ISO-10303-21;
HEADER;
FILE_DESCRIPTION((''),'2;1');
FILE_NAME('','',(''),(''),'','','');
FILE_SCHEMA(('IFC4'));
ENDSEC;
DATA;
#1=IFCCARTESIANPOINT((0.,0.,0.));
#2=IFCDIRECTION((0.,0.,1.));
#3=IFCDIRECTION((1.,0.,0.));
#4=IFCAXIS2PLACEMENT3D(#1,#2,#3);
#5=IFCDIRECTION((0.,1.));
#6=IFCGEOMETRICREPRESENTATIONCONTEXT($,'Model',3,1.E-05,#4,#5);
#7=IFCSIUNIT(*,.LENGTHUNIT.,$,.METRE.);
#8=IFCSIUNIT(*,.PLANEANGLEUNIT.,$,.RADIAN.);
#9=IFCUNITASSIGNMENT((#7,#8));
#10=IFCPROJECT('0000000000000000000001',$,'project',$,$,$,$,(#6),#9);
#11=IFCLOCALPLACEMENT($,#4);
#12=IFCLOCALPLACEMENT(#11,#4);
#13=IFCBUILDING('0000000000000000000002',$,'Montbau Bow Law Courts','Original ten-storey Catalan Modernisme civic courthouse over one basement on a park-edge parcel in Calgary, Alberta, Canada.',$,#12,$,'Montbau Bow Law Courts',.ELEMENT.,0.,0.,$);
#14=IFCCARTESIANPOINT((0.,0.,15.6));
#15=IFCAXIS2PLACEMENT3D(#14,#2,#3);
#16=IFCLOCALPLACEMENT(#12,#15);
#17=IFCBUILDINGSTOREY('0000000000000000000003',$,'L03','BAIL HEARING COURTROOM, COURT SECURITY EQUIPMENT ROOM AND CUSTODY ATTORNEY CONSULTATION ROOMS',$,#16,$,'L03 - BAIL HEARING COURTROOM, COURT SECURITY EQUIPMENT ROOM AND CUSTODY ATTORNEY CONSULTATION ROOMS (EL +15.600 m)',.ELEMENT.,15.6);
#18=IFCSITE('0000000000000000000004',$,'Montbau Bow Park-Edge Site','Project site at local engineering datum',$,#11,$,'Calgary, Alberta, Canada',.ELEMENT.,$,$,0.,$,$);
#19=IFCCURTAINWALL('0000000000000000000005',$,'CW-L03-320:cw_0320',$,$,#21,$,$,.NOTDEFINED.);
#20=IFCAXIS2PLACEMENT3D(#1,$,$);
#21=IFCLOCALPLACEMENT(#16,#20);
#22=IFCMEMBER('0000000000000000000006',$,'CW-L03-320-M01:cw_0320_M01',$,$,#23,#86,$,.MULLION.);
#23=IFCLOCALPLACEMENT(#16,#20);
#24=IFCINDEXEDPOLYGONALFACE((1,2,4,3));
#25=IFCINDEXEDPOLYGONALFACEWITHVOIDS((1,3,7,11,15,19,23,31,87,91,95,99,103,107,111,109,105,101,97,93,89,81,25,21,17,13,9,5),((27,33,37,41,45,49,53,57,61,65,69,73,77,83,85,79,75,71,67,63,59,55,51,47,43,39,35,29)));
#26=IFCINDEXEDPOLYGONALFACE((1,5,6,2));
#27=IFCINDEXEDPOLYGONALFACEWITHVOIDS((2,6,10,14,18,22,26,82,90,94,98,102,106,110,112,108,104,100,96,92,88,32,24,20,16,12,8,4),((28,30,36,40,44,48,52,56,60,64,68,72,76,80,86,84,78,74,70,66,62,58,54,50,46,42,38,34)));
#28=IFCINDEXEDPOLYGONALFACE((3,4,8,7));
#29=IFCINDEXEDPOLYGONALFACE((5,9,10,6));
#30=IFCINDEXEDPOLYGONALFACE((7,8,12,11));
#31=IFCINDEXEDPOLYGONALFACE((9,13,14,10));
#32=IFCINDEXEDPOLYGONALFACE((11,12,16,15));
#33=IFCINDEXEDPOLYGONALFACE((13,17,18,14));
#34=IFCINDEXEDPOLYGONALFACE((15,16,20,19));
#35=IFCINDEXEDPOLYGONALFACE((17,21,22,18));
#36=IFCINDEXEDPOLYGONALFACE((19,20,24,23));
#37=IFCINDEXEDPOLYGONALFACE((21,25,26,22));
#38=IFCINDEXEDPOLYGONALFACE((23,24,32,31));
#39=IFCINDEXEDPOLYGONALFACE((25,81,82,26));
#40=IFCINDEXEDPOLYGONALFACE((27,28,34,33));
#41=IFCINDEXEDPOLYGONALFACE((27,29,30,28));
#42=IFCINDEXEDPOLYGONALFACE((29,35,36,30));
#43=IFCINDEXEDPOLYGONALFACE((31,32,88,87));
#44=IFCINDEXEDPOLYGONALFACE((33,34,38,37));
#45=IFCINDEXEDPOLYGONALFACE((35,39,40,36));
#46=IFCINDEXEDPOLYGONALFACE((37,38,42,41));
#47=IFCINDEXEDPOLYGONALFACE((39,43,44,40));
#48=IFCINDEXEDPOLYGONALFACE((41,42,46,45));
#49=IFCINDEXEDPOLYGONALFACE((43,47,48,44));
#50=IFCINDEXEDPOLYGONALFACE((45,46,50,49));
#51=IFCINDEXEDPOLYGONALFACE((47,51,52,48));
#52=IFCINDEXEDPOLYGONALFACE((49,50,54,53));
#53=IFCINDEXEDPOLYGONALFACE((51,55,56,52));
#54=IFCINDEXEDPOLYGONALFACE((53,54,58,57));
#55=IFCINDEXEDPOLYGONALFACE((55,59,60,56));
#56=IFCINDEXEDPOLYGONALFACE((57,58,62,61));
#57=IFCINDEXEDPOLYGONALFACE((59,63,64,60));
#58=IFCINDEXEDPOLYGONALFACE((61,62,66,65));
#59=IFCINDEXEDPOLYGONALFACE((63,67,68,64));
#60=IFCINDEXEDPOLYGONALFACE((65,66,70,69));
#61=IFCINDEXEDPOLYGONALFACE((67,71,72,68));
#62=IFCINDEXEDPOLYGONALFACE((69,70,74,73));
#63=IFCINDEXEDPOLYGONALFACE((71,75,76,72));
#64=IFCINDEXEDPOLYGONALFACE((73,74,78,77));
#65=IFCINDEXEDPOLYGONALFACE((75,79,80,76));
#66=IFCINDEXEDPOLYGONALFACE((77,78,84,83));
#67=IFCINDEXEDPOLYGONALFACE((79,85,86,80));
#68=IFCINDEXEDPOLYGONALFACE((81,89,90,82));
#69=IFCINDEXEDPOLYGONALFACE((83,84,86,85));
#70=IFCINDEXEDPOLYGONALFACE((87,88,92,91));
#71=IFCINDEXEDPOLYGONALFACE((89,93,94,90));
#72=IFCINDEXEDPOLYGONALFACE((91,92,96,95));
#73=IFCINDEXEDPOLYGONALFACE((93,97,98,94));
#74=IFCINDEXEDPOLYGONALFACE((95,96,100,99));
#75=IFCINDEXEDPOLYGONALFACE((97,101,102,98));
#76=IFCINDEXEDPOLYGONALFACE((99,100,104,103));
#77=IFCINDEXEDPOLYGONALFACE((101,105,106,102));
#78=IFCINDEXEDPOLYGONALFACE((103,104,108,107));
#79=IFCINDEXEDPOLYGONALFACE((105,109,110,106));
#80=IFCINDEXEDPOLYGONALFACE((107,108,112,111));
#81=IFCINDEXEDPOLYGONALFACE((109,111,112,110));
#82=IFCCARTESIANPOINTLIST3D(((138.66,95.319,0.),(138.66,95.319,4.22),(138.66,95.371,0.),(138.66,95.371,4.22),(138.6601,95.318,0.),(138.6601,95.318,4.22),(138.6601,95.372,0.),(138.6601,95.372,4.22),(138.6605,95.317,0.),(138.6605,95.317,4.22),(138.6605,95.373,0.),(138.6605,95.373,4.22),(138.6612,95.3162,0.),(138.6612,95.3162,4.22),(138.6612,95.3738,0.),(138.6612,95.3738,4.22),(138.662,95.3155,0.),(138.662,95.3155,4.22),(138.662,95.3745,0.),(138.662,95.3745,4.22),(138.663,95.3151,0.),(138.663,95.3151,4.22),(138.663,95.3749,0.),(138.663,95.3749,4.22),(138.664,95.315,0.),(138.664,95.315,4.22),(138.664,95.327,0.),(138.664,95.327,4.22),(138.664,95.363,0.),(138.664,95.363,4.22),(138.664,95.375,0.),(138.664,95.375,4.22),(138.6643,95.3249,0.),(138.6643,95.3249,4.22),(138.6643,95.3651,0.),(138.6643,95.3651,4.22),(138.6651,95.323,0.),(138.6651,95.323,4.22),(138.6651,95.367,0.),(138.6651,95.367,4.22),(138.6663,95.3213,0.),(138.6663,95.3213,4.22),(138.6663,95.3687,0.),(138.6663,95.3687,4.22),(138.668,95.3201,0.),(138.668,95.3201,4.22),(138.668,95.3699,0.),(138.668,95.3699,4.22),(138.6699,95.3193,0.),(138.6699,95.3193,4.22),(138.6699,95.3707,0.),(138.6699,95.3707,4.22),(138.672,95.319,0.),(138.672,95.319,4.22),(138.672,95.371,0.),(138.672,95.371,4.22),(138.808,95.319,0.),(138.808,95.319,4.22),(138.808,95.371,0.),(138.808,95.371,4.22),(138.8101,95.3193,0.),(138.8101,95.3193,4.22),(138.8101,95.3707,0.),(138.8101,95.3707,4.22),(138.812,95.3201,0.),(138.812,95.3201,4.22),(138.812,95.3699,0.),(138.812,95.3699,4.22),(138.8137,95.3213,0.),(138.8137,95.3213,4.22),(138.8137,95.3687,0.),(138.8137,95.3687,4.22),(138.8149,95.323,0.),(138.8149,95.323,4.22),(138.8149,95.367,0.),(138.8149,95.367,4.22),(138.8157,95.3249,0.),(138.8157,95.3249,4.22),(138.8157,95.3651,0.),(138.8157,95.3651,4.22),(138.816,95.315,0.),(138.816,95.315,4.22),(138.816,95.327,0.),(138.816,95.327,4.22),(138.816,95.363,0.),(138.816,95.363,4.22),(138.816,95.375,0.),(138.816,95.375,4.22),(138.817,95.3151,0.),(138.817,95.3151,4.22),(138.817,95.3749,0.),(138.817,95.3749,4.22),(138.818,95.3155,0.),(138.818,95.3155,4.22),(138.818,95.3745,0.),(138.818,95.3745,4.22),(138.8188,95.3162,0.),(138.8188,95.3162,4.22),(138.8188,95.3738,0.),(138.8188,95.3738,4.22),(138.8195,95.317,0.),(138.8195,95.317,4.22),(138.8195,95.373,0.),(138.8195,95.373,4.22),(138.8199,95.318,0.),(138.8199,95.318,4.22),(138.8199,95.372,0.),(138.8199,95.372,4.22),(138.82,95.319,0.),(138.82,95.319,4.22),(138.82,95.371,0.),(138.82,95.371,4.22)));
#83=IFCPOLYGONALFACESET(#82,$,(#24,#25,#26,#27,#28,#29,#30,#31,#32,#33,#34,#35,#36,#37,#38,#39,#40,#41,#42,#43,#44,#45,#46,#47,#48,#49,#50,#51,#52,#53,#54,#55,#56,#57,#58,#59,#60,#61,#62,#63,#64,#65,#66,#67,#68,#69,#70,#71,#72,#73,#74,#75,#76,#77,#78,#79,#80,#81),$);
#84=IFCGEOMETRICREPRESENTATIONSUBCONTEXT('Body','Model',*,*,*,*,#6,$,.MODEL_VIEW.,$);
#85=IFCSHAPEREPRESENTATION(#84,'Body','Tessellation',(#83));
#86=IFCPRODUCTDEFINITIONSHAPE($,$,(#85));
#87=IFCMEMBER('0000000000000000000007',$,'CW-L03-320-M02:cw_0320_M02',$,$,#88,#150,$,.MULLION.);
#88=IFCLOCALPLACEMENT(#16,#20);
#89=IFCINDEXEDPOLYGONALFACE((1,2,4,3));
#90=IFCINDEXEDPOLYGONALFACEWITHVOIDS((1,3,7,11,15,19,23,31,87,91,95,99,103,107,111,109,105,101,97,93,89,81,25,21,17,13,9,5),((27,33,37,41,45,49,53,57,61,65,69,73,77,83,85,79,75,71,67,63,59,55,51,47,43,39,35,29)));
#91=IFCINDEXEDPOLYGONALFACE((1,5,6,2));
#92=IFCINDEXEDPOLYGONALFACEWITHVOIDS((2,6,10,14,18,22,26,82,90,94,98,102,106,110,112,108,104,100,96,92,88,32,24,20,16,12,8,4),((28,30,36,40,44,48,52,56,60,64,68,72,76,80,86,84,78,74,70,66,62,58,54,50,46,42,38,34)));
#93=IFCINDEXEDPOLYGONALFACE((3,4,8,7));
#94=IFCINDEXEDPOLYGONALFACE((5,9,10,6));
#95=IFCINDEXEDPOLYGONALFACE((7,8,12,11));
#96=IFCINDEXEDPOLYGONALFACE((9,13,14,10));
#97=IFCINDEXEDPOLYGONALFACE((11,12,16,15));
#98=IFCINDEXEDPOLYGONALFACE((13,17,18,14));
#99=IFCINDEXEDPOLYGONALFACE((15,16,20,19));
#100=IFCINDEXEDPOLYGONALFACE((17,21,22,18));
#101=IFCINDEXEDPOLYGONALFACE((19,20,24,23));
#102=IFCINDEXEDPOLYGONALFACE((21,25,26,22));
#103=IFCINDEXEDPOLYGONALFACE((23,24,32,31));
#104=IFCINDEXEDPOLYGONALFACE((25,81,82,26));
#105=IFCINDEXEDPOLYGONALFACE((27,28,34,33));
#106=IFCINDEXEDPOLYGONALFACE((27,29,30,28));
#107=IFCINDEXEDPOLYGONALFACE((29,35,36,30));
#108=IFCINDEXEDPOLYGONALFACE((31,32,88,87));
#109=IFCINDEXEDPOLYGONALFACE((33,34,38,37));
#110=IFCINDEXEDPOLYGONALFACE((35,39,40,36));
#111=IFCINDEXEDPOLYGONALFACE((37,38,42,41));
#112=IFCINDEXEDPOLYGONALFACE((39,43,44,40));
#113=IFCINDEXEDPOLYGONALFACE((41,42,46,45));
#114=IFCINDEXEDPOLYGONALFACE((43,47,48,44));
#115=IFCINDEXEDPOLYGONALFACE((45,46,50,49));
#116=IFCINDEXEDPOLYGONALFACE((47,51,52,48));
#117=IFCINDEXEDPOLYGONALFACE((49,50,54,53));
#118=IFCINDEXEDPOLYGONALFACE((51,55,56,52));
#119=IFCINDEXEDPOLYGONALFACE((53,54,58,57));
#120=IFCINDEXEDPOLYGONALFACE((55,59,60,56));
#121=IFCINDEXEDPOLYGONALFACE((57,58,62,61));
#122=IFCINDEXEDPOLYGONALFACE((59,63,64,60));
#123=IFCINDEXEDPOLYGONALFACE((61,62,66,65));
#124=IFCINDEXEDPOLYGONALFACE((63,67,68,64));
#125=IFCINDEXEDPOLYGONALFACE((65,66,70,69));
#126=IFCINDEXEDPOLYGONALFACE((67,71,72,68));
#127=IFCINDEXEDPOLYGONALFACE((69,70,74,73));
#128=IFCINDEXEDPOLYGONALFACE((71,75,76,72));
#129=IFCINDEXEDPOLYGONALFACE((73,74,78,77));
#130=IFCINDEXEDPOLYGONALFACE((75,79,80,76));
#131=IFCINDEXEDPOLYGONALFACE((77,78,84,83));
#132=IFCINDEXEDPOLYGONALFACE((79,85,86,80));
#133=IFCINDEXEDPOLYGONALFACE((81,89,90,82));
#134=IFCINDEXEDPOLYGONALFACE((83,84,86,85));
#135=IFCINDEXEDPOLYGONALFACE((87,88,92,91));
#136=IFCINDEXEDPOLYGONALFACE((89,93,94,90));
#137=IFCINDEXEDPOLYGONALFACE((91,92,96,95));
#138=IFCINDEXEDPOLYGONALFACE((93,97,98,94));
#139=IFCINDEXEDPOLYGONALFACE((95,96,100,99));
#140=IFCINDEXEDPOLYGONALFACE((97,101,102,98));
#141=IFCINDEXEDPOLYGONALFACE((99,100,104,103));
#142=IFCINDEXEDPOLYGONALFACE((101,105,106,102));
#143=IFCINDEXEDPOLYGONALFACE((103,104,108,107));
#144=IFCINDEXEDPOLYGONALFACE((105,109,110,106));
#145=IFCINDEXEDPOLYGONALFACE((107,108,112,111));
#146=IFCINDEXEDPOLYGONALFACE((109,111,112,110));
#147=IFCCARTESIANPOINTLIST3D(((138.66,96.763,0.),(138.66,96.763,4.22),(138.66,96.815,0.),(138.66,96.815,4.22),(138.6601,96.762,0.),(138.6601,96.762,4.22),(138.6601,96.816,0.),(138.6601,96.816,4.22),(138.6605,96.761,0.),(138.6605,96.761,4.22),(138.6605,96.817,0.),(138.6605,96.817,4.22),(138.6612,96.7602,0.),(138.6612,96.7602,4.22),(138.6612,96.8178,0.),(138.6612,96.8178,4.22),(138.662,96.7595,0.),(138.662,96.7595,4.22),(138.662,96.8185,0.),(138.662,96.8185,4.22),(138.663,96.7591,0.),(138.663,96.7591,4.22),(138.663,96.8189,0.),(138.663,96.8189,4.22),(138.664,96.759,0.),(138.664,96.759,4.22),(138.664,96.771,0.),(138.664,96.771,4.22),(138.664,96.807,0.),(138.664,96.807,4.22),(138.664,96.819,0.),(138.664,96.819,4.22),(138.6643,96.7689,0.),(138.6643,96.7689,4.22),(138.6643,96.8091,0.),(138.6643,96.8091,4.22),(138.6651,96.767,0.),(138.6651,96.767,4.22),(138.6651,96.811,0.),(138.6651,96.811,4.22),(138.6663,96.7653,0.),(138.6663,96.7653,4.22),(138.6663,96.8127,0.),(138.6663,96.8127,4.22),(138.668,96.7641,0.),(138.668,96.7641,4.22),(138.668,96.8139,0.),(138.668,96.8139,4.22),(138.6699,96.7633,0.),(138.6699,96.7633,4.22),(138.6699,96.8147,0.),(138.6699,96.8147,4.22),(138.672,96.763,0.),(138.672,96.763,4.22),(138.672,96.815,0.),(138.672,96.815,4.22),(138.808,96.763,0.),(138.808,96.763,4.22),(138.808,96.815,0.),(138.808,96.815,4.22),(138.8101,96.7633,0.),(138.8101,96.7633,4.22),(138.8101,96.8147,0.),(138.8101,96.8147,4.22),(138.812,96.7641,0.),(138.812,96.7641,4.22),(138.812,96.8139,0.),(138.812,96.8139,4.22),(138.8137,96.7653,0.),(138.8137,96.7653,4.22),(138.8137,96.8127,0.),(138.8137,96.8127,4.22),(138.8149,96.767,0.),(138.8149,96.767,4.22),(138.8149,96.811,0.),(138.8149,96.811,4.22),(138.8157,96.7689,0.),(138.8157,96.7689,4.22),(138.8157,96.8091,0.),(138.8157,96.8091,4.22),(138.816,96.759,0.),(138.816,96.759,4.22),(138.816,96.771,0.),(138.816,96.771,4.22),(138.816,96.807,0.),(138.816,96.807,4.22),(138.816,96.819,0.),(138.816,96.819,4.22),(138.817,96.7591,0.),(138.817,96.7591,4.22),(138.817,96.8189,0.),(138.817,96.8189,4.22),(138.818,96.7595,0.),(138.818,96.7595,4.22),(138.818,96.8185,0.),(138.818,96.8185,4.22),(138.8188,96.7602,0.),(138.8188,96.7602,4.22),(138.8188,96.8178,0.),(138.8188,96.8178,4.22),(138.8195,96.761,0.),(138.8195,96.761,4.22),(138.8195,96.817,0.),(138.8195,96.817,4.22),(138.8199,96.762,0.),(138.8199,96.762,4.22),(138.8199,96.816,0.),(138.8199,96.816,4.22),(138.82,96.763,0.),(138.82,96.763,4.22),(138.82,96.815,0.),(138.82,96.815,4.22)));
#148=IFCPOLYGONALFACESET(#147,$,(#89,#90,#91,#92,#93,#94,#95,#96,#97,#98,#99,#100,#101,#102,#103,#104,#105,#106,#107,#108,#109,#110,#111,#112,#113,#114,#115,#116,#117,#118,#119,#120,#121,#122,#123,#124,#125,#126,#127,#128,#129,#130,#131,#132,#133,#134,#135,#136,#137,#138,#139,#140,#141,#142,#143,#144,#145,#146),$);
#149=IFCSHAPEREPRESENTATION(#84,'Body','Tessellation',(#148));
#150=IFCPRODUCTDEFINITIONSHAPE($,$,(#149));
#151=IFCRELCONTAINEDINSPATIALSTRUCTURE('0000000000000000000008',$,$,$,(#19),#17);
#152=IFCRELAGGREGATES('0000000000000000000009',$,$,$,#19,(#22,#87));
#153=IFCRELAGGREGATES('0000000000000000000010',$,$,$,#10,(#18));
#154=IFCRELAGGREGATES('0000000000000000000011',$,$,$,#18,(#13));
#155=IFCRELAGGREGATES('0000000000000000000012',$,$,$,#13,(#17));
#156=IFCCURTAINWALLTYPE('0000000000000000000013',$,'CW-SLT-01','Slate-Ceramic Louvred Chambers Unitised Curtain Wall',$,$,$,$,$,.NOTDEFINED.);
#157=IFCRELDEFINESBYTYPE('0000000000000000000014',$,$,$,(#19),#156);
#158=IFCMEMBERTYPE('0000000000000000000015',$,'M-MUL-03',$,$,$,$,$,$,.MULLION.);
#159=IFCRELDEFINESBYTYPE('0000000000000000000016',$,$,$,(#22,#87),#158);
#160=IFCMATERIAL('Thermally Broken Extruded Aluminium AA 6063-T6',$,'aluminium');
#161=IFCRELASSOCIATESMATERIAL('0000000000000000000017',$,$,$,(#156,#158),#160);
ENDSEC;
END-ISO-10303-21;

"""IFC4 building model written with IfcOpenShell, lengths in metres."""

from ifc_helpers import new_model, si_unit, direction, frame, origin_with_axes, origin_2d_with_axis, place, context, subcontext, project, spatial, hollow_rectangle, extrude, material, material_profile, profile_set, type_object, element, aggregate, save


model = new_model("IFC4")

# Units and contexts
model_context = context("Model", 3, precision=1e-05, world=origin_with_axes(), true_north=direction((0.0, 1.0)))
body_context = subcontext(model_context, "Body", "Model", "MODEL_VIEW")
ifc_project = project(units=[si_unit("LENGTHUNIT", "METRE"), si_unit("PLANEANGLEUNIT", "RADIAN")], contexts=[model_context])

# Site, building, storey
site_placement = place(None, origin_with_axes())
site = spatial("IfcSite", under=ifc_project, at=site_placement, Name="Montbau Bow Park-Edge Site", Description="Project site at local engineering datum", LongName="Calgary, Alberta, Canada", CompositionType="ELEMENT", RefElevation=0.0)
building_placement = place(site_placement, origin_with_axes())
building = spatial("IfcBuilding", under=site, at=building_placement, Name="Montbau Bow Law Courts", Description="Original ten-storey Catalan Modernisme civic courthouse over one basement on a park-edge parcel in Calgary, Alberta, Canada.", LongName="Montbau Bow Law Courts", CompositionType="ELEMENT", ElevationOfRefHeight=0.0, ElevationOfTerrain=0.0)
storey_placement = place(building_placement, frame((0.0, 0.0, 15.6), z_axis=(0.0, 0.0, 1.0), x_axis=(1.0, 0.0, 0.0)))
storey = spatial("IfcBuildingStorey", under=building, at=storey_placement, Name="L03", Description="BAIL HEARING COURTROOM, COURT SECURITY EQUIPMENT ROOM AND CUSTODY ATTORNEY CONSULTATION ROOMS", LongName="L03 - BAIL HEARING COURTROOM, COURT SECURITY EQUIPMENT ROOM AND CUSTODY ATTORNEY CONSULTATION ROOMS (EL +15.600 m)", CompositionType="ELEMENT", Elevation=15.6)

# Shared definitions
ifc_material_1 = material(Name="Thermally Broken Extruded Aluminium AA 6063-T6", Category="aluminium")
curtain_wall_type = type_object("IfcCurtainWallType", Name="CW-SLT-01", Description="Slate-Ceramic Louvred Chambers Unitised Curtain Wall", PredefinedType="NOTDEFINED", material=ifc_material_1)

# Curtain wall, members
curtain_wall_1_placement = place(None, frame((138.74, 95.315, 15.6), z_axis=(0.0, 0.0, 1.0), x_axis=(1.0, 0.0, 0.0)))
curtain_wall_1 = element("IfcCurtainWall", 1, at=curtain_wall_1_placement, inside=storey, type_object=curtain_wall_type, Name="CW-L03-320:cw_0320", PredefinedType="NOTDEFINED")
ifc_material_profile_1 = material_profile(ifc_material_1, hollow_rectangle(XDim=0.06, YDim=0.16, WallThickness=0.004, InnerFilletRadius=0.008, OuterFilletRadius=0.004, at=origin_2d_with_axis()), Name="CWM-160X60", Category="Main", Priority=0)
ifc_profile_set_1 = profile_set([ifc_material_profile_1], Name="Thermally Broken Extruded Aluminium AA 6063-T6")
member_type_1 = type_object("IfcMemberType", Name="M-MUL-03", PredefinedType="MULLION", material=ifc_profile_set_1)
member_1_placement = place(None, frame((138.74, 95.345, 15.6), z_axis=(0.0, 0.0, 1.0), x_axis=(0.0, 1.0, 0.0)))
member_1 = element("IfcMember", 2, at=member_1_placement, type_object=member_type_1, Name="CW-L03-320-M01:cw_0320_M01", PredefinedType="MULLION", context=body_context, shape_type="SweptSolid", body=[
    extrude(hollow_rectangle(XDim=0.06, YDim=0.16, WallThickness=0.004, InnerFilletRadius=0.008, OuterFilletRadius=0.004, at=origin_2d_with_axis()), origin_with_axes(), (0.0, 0.0, 1.0), 4.22),
])
member_2_placement = place(None, frame((138.74, 96.789, 15.6), z_axis=(0.0, 0.0, 1.0), x_axis=(0.0, 1.0, 0.0)))
member_2 = element("IfcMember", 3, at=member_2_placement, type_object=member_type_1, Name="CW-L03-320-M02:cw_0320_M02", PredefinedType="MULLION", context=body_context, shape_type="SweptSolid", body=[
    extrude(hollow_rectangle(XDim=0.06, YDim=0.16, WallThickness=0.004, InnerFilletRadius=0.008, OuterFilletRadius=0.004, at=origin_2d_with_axis()), origin_with_axes(), (0.0, 0.0, 1.0), 4.22),
])
aggregate(curtain_wall_1, [member_1, member_2])

save(model, "model.ifc")
